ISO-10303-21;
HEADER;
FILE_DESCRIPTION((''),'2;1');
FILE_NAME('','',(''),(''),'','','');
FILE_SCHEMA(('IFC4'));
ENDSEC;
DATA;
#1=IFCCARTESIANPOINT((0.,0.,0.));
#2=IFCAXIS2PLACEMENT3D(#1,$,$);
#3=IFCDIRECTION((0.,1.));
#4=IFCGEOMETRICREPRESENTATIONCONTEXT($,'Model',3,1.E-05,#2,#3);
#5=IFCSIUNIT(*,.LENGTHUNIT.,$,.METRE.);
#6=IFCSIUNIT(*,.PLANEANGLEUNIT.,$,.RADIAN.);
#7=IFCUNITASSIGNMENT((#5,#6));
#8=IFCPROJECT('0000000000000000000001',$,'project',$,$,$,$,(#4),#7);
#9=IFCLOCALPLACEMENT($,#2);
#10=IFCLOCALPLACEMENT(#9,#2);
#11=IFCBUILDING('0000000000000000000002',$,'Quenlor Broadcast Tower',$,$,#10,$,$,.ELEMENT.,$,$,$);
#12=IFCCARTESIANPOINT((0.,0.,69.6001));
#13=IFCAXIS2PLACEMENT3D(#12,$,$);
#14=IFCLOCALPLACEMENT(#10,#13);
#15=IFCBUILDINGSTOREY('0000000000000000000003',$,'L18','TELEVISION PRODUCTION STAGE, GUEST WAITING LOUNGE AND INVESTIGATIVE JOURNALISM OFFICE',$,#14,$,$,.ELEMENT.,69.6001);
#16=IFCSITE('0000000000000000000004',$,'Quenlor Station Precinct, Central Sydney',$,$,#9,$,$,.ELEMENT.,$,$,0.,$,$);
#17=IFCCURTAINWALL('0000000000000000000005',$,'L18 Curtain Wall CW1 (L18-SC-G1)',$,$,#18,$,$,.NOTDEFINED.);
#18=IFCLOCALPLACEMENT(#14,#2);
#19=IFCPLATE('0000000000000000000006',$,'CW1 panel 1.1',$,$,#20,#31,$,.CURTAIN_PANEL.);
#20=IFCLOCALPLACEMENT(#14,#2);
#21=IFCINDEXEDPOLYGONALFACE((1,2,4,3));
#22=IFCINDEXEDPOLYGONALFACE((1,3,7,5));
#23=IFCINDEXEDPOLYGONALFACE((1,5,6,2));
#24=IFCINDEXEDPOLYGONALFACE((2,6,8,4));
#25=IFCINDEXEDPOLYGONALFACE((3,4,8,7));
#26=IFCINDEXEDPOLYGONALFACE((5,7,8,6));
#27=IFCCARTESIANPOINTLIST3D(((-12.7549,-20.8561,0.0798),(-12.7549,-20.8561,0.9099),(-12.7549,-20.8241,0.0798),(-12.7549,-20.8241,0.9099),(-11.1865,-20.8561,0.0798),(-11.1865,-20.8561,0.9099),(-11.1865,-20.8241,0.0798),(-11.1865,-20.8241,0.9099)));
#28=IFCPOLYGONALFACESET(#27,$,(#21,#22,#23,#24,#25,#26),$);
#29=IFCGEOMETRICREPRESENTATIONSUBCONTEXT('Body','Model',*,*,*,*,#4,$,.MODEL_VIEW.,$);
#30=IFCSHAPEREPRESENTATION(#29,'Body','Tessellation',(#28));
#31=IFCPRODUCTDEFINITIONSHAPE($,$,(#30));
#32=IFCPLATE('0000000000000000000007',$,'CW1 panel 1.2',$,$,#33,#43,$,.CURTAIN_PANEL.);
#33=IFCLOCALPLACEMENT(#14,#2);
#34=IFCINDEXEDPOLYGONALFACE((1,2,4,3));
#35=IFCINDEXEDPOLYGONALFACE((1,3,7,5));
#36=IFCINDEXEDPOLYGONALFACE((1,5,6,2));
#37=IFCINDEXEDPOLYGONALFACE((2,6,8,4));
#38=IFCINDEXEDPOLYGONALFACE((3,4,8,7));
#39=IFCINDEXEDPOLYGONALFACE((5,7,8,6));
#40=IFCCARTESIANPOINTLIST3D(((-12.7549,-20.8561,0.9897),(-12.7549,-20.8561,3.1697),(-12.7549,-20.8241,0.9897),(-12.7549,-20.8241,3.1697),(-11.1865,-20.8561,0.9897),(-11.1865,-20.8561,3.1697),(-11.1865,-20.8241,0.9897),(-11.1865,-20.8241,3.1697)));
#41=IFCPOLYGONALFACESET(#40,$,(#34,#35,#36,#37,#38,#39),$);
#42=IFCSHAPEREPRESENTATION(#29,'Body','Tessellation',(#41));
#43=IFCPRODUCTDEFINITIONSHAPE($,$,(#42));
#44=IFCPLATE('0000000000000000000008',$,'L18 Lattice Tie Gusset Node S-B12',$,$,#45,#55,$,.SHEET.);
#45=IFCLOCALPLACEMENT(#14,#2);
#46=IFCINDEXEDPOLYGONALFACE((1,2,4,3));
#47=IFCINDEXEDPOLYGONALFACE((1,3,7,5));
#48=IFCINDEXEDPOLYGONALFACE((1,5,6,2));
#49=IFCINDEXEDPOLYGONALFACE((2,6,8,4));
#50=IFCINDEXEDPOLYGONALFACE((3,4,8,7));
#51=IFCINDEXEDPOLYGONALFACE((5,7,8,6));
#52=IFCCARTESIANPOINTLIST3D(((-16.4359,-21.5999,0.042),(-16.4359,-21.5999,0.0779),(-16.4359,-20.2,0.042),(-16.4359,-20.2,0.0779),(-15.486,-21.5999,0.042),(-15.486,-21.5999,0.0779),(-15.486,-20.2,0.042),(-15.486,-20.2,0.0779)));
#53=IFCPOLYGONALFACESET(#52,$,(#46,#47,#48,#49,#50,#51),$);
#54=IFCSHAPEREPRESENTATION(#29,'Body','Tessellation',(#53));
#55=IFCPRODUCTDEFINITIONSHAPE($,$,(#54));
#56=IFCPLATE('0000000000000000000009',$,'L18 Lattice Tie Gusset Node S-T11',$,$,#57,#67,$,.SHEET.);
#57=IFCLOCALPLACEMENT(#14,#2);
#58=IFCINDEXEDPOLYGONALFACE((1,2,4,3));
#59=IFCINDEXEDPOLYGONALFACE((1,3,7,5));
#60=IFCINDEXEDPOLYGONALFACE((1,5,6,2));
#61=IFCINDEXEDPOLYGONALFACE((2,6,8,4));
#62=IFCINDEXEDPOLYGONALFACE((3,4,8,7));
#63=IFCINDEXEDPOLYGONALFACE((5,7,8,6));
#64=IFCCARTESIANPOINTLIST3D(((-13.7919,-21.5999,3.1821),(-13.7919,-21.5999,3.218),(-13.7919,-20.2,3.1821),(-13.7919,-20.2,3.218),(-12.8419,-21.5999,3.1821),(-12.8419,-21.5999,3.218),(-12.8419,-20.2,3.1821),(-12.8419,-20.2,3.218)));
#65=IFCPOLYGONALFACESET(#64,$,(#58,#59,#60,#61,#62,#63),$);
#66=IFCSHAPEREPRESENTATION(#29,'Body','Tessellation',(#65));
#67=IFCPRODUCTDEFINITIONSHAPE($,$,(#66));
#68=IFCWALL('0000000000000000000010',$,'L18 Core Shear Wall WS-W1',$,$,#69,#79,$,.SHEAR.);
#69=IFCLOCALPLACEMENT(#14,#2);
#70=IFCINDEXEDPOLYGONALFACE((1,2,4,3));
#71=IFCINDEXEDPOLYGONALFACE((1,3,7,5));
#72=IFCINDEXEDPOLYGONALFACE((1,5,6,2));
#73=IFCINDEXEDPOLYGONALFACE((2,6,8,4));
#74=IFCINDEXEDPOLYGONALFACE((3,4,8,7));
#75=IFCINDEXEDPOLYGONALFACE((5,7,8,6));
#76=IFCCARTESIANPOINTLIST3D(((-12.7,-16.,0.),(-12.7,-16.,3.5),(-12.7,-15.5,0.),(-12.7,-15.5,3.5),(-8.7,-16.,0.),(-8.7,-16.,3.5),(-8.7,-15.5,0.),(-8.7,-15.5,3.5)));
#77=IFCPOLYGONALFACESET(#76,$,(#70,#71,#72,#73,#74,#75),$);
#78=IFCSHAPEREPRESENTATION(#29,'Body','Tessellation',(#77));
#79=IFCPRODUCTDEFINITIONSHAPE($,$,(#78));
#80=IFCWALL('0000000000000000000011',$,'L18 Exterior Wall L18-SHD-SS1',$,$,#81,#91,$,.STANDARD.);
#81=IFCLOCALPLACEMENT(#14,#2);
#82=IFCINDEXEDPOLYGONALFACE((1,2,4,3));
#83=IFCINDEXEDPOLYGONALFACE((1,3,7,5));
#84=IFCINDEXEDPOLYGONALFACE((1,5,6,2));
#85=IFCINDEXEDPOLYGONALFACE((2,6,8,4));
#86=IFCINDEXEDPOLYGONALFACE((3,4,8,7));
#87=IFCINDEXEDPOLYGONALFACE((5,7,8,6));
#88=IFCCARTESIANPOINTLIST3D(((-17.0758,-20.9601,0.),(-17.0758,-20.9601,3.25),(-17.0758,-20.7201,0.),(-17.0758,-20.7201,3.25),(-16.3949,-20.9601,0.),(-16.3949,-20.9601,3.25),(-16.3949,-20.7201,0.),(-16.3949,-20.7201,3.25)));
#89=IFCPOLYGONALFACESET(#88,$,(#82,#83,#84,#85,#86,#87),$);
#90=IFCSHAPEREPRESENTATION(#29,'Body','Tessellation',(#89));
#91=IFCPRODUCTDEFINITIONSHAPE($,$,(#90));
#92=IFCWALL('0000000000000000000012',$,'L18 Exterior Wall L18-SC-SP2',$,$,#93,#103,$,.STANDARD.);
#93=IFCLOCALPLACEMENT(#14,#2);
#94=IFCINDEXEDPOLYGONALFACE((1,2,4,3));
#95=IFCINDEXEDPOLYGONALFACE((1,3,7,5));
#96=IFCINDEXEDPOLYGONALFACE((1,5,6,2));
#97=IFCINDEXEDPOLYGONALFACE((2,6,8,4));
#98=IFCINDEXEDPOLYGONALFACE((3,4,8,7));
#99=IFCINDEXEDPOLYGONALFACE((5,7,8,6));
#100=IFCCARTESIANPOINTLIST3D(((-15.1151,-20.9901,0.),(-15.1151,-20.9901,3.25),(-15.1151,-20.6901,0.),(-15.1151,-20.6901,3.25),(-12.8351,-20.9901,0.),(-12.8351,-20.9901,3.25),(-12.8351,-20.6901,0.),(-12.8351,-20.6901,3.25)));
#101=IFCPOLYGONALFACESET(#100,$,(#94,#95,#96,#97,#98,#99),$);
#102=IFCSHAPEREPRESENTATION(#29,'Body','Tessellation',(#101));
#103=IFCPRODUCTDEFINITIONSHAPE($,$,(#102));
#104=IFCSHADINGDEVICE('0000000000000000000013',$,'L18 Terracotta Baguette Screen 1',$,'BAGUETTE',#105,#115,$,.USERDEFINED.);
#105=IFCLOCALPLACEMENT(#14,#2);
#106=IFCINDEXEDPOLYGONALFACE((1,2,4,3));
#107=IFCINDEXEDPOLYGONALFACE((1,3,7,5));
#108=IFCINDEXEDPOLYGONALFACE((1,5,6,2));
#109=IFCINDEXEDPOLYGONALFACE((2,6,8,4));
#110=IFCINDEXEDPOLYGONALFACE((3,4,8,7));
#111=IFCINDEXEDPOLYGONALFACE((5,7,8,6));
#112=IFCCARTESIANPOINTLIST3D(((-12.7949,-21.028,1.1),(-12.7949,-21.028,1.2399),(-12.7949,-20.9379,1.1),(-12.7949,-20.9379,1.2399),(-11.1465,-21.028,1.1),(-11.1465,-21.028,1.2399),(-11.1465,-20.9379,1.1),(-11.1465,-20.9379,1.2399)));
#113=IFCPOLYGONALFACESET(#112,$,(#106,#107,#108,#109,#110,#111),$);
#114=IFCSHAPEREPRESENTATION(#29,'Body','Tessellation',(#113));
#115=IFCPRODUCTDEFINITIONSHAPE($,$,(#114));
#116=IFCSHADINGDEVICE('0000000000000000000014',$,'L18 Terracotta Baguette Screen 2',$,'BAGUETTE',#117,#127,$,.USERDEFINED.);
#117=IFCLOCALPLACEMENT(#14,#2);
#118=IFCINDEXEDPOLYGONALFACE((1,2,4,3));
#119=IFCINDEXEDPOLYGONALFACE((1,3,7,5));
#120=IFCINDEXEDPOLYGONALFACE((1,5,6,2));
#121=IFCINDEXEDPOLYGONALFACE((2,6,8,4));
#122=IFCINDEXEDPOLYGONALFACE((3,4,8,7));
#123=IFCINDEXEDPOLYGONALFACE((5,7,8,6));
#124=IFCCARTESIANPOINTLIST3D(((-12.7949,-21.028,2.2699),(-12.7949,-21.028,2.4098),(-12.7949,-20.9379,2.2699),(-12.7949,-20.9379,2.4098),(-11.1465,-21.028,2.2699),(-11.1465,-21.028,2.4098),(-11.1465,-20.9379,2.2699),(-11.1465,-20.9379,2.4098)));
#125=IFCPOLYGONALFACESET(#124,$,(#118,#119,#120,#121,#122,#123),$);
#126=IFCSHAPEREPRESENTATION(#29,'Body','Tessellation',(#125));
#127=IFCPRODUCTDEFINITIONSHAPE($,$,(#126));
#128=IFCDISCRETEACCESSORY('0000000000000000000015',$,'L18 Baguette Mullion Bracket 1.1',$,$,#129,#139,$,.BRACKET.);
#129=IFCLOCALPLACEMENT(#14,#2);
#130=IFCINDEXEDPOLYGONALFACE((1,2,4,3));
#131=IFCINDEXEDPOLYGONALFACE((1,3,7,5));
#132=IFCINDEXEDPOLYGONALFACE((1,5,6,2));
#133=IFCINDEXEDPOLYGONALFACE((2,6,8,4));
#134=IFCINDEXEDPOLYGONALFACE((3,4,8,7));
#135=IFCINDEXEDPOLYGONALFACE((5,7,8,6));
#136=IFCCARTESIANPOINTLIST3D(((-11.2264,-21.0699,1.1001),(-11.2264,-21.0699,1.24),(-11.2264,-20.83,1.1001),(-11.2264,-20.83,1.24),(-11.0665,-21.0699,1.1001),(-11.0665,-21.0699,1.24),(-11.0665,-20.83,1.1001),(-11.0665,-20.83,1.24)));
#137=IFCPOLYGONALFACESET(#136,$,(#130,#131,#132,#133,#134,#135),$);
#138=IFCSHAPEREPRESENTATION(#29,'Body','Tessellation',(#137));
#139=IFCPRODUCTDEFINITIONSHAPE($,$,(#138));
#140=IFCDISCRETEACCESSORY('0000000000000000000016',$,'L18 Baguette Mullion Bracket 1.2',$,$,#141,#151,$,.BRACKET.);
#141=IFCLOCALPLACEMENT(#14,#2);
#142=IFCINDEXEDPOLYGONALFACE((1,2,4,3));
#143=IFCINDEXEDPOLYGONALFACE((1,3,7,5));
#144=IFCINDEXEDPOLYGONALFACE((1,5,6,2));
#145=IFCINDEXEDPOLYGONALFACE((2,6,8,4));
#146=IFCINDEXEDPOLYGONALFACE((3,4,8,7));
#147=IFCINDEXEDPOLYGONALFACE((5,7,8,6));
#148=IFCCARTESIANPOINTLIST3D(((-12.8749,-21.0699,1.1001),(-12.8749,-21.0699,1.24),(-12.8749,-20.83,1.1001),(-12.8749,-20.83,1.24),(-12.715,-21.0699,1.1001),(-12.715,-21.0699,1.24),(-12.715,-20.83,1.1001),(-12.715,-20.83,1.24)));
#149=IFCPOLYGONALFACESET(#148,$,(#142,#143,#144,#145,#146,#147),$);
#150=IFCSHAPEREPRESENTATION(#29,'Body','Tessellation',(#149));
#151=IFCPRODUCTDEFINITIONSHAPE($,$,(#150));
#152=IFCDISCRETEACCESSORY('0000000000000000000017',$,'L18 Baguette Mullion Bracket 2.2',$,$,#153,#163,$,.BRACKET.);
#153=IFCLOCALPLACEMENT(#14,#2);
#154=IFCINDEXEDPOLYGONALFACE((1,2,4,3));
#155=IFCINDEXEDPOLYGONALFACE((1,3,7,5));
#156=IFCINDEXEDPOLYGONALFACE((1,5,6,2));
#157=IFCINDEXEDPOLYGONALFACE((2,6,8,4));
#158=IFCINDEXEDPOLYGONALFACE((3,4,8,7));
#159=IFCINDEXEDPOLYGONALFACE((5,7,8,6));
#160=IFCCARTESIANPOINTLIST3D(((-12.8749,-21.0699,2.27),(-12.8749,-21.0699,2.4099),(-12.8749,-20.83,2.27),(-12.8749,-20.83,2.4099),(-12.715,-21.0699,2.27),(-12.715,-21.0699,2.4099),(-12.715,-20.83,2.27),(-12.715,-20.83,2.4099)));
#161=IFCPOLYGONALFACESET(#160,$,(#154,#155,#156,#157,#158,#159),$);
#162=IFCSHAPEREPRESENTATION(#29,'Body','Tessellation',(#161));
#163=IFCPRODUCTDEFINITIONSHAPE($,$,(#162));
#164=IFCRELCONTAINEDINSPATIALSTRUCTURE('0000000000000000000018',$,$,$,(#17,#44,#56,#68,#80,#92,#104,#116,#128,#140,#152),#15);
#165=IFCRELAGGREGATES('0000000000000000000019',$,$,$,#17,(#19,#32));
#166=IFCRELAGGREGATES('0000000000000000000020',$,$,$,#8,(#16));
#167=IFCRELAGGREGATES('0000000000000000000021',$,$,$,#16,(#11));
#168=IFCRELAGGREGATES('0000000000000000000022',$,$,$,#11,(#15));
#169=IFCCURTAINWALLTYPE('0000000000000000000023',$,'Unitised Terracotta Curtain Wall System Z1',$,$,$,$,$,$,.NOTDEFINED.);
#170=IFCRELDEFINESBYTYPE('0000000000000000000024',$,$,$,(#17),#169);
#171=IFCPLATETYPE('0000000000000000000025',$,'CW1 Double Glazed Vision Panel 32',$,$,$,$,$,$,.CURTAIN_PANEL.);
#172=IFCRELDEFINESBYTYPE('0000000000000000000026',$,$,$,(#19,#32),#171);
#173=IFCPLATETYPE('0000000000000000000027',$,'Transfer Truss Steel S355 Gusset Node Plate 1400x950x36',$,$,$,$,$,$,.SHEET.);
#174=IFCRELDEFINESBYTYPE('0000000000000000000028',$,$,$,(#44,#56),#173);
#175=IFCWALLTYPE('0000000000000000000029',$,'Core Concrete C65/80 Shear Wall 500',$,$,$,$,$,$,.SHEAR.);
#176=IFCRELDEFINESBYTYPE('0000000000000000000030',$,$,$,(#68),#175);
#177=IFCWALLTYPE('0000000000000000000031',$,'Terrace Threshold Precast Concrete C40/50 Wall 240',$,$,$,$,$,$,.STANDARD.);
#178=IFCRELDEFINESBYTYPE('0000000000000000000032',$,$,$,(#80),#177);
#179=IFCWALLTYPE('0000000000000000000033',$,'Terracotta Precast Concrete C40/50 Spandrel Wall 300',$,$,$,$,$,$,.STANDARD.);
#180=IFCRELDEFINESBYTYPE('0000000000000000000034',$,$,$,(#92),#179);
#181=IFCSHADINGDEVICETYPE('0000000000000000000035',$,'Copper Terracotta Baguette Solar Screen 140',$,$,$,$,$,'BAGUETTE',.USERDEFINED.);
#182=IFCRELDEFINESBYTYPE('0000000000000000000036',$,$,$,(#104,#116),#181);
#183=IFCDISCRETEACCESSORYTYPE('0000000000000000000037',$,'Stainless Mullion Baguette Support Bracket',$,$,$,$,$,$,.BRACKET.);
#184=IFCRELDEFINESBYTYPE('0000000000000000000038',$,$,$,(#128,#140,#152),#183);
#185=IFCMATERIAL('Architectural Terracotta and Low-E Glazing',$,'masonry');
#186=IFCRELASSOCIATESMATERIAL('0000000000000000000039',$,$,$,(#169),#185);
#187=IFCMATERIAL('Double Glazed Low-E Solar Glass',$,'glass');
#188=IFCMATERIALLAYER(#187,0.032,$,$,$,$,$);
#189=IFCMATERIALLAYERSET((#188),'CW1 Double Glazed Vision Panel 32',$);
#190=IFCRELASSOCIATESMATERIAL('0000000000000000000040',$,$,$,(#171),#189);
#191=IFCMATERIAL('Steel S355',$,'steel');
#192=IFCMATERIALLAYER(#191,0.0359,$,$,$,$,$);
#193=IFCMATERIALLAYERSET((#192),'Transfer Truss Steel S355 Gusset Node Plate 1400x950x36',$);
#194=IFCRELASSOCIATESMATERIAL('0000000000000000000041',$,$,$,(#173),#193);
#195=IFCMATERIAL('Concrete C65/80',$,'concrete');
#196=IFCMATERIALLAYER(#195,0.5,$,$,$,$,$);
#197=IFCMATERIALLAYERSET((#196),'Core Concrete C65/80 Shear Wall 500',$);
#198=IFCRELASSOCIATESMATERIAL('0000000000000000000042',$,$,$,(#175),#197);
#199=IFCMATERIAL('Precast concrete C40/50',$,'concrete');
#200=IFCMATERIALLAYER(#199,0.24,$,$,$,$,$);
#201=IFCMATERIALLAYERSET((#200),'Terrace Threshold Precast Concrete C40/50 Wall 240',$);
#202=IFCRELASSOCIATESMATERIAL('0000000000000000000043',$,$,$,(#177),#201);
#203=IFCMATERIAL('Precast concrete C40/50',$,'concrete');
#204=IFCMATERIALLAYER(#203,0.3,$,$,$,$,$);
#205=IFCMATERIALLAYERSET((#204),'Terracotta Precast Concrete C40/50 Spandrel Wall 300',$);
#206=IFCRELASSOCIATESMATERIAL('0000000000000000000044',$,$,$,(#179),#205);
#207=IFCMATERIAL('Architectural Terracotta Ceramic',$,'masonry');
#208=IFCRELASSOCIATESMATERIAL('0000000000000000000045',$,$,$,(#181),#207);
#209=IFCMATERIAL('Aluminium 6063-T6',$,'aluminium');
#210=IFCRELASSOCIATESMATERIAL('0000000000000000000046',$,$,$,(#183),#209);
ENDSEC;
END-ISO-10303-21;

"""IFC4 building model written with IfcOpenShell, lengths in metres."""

from ifc_helpers import new_model, si_unit, direction, frame, frame_2d, origin, origin_2d, place, context, subcontext, project, spatial, rectangle, extrude, material, layer, layer_set, material_profile, profile_set, type_object, element, aggregate, save


model = new_model("IFC4")

# Units and contexts
model_context = context("Model", 3, precision=1e-05, world=origin(), true_north=direction((0.0, 1.0)))
body_context = subcontext(model_context, "Body", "Model", "MODEL_VIEW")
ifc_project = project(units=[si_unit("LENGTHUNIT", "METRE"), si_unit("PLANEANGLEUNIT", "RADIAN")], contexts=[model_context])

# Site, building, storey
site_placement = place(None, origin())
site = spatial("IfcSite", under=ifc_project, at=site_placement, Name="Quenlor Station Precinct, Central Sydney", CompositionType="ELEMENT", RefElevation=0.0)
building_placement = place(site_placement, origin())
building = spatial("IfcBuilding", under=site, at=building_placement, Name="Quenlor Broadcast Tower", CompositionType="ELEMENT")
storey_placement = place(building_placement, frame((0.0, 0.0, 69.6001)))
storey = spatial("IfcBuildingStorey", under=building, at=storey_placement, Name="L18", Description="TELEVISION PRODUCTION STAGE, GUEST WAITING LOUNGE AND INVESTIGATIVE JOURNALISM OFFICE", CompositionType="ELEMENT", Elevation=69.6001)

# Curtain wall
ifc_material_1 = material(Name="Architectural Terracotta and Low-E Glazing", Category="masonry")
curtain_wall_type = type_object("IfcCurtainWallType", Name="Unitised Terracotta Curtain Wall System Z1", PredefinedType="NOTDEFINED", material=ifc_material_1)
curtain_wall_placement = place(storey_placement, origin())
curtain_wall = element("IfcCurtainWall", 1, at=curtain_wall_placement, inside=storey, type_object=curtain_wall_type, Name="L18 Curtain Wall CW1 (L18-SC-G1)", PredefinedType="NOTDEFINED")

# Plates
ifc_material_2 = material(Name="Double Glazed Low-E Solar Glass", Category="glass")
ifc_layer_1 = layer(ifc_material_2, 0.032)
ifc_layer_set_1 = layer_set([ifc_layer_1], Name="CW1 Double Glazed Vision Panel 32")
plate_type_1 = type_object("IfcPlateType", Name="CW1 Double Glazed Vision Panel 32", PredefinedType="CURTAIN_PANEL", material=ifc_layer_set_1)
plate_1_placement = place(storey_placement, frame((-11.9707, -20.8401, 0.0798), z_axis=(0.0, 0.0, 1.0), x_axis=(-1.0, 0.0, 0.0)))
plate_1 = element("IfcPlate", 2, at=plate_1_placement, type_object=plate_type_1, Name="CW1 panel 1.1", PredefinedType="CURTAIN_PANEL", context=body_context, shape_type="SweptSolid", body=[
    extrude(rectangle(XDim=1.5684, YDim=0.032, at=origin_2d()), origin(), (0.0, 0.0, 1.0), 0.8301),
])
plate_2_placement = place(storey_placement, frame((-11.9707, -20.8401, 0.9897), z_axis=(0.0, 0.0, 1.0), x_axis=(-1.0, 0.0, 0.0)))
plate_2 = element("IfcPlate", 3, at=plate_2_placement, type_object=plate_type_1, Name="CW1 panel 1.2", PredefinedType="CURTAIN_PANEL", context=body_context, shape_type="SweptSolid", body=[
    extrude(rectangle(XDim=1.5684, YDim=0.032, at=origin_2d()), origin(), (0.0, 0.0, 1.0), 2.1799),
])
aggregate(curtain_wall, [plate_1, plate_2])

# Plates
ifc_material_3 = material(Name="Steel S355", Category="steel")
ifc_layer_2 = layer(ifc_material_3, 0.0359)
ifc_layer_set_2 = layer_set([ifc_layer_2], Name="Transfer Truss Steel S355 Gusset Node Plate 1400x950x36")
plate_type_2 = type_object("IfcPlateType", Name="Transfer Truss Steel S355 Gusset Node Plate 1400x950x36", PredefinedType="SHEET", material=ifc_layer_set_2)
for number, where, z_axis, x_axis, name in (
    (4, (-15.9609, -20.8999, 0.042), (0.0, 0.0, 1.0), (0.0, -1.0, 0.0), "L18 Lattice Tie Gusset Node S-B12"),
    (5, (-13.3169, -20.8999, 3.1821), (0.0, 0.0, 1.0), (0.0, -1.0, 0.0), "L18 Lattice Tie Gusset Node S-T11"),
):
    element("IfcPlate", number, at=place(storey_placement, frame(where, z_axis=z_axis, x_axis=x_axis)), inside=storey, type_object=plate_type_2, Name=name, PredefinedType="SHEET", context=body_context, shape_type="SweptSolid", body=[
        extrude(rectangle(XDim=1.3999, YDim=0.95, at=origin_2d()), origin(), (0.0, 0.0, 1.0), 0.0359),
    ])

# Walls
ifc_material_4 = material(Name="Concrete C65/80", Category="concrete")
ifc_layer_3 = layer(ifc_material_4, 0.5)
ifc_layer_set_3 = layer_set([ifc_layer_3], Name="Core Concrete C65/80 Shear Wall 500")
wall_type_1 = type_object("IfcWallType", Name="Core Concrete C65/80 Shear Wall 500", PredefinedType="SHEAR", material=ifc_layer_set_3)
wall_1_placement = place(storey_placement, frame((-12.7, -15.75, 0.0), z_axis=(0.0, 0.0, 1.0), x_axis=(1.0, 0.0, 0.0)))
element("IfcWall", 6, at=wall_1_placement, inside=storey, type_object=wall_type_1, Name="L18 Core Shear Wall WS-W1", PredefinedType="SHEAR", context=body_context, shape_type="SweptSolid", body=[
    extrude(rectangle(XDim=4.0, YDim=0.5, at=frame_2d((2.0, 0.0))), origin(), (0.0, 0.0, 1.0), 3.5),
])
ifc_material_5 = material(Name="Precast concrete C40/50", Category="concrete")
ifc_layer_4 = layer(ifc_material_5, 0.24)
ifc_layer_set_4 = layer_set([ifc_layer_4], Name="Terrace Threshold Precast Concrete C40/50 Wall 240")
wall_type_2 = type_object("IfcWallType", Name="Terrace Threshold Precast Concrete C40/50 Wall 240", PredefinedType="STANDARD", material=ifc_layer_set_4)
wall_2_placement = place(storey_placement, frame((-16.395, -20.8401, 0.0), z_axis=(0.0, 0.0, 1.0), x_axis=(-1.0, 0.0, 0.0)))
element("IfcWall", 7, at=wall_2_placement, inside=storey, type_object=wall_type_2, Name="L18 Exterior Wall L18-SHD-SS1", PredefinedType="STANDARD", context=body_context, shape_type="SweptSolid", body=[
    extrude(rectangle(XDim=0.6809, YDim=0.24, at=frame_2d((0.3403, 0.0))), origin(), (0.0, 0.0, 1.0), 3.25),
])
ifc_material_6 = material(Name="Precast concrete C40/50", Category="concrete")
ifc_layer_5 = layer(ifc_material_6, 0.3)
ifc_layer_set_5 = layer_set([ifc_layer_5], Name="Terracotta Precast Concrete C40/50 Spandrel Wall 300")
wall_type_3 = type_object("IfcWallType", Name="Terracotta Precast Concrete C40/50 Spandrel Wall 300", PredefinedType="STANDARD", material=ifc_layer_set_5)
wall_3_placement = place(storey_placement, frame((-12.835, -20.8401, 0.0), z_axis=(0.0, 0.0, 1.0), x_axis=(-1.0, 0.0, 0.0)))
element("IfcWall", 8, at=wall_3_placement, inside=storey, type_object=wall_type_3, Name="L18 Exterior Wall L18-SC-SP2", PredefinedType="STANDARD", context=body_context, shape_type="SweptSolid", body=[
    extrude(rectangle(XDim=2.28, YDim=0.3, at=frame_2d((1.1401, 0.0))), origin(), (0.0, 0.0, 1.0), 3.25),
])

# Shading devices
ifc_material_7 = material(Name="Architectural Terracotta Ceramic", Category="masonry")
ifc_material_profile_1 = material_profile(ifc_material_7, rectangle(XDim=0.0901, YDim=0.1399, at=origin_2d()))
ifc_profile_set_1 = profile_set([ifc_material_profile_1], Name="Architectural Terracotta Ceramic BAG90x140")
shading_device_type = type_object("IfcShadingDeviceType", Name="Copper Terracotta Baguette Solar Screen 140", ElementType="BAGUETTE", PredefinedType="USERDEFINED", material=ifc_profile_set_1)
for number, where, z_axis, x_axis, name in (
    (9, (-11.1465, -20.9829, 1.1699), (-1.0, 0.0, 0.0), (0.0, -1.0, 0.0), "L18 Terracotta Baguette Screen 1"),
    (10, (-11.1465, -20.9829, 2.3398), (-1.0, 0.0, 0.0), (0.0, -1.0, 0.0), "L18 Terracotta Baguette Screen 2"),
):
    element("IfcShadingDevice", number, at=place(storey_placement, frame(where, z_axis=z_axis, x_axis=x_axis)), inside=storey, type_object=shading_device_type, Name=name, ObjectType="BAGUETTE", PredefinedType="USERDEFINED", context=body_context, shape_type="SweptSolid", body=[
        extrude(rectangle(XDim=0.0901, YDim=0.1399, at=origin_2d()), origin(), (0.0, 0.0, 1.0), 1.6484),
    ])

# Discrete accessories
ifc_material_8 = material(Name="Aluminium 6063-T6", Category="aluminium")
discrete_accessory_type = type_object("IfcDiscreteAccessoryType", Name="Stainless Mullion Baguette Support Bracket", PredefinedType="BRACKET", material=ifc_material_8)
for number, where, z_axis, x_axis, name in (
    (11, (-11.1465, -20.95, 1.1001), (0.0, 0.0, 1.0), (-1.0, 0.0, 0.0), "L18 Baguette Mullion Bracket 1.1"),
    (12, (-12.7949, -20.95, 1.1001), (0.0, 0.0, 1.0), (-1.0, 0.0, 0.0), "L18 Baguette Mullion Bracket 1.2"),
    (13, (-12.7949, -20.95, 2.27), (0.0, 0.0, 1.0), (-1.0, 0.0, 0.0), "L18 Baguette Mullion Bracket 2.2"),
):
    element("IfcDiscreteAccessory", number, at=place(storey_placement, frame(where, z_axis=z_axis, x_axis=x_axis)), inside=storey, type_object=discrete_accessory_type, Name=name, PredefinedType="BRACKET", context=body_context, shape_type="SweptSolid", body=[
        extrude(rectangle(XDim=0.1599, YDim=0.24, at=origin_2d()), origin(), (0.0, 0.0, 1.0), 0.1399),
    ])

save(model, "model.ifc")
